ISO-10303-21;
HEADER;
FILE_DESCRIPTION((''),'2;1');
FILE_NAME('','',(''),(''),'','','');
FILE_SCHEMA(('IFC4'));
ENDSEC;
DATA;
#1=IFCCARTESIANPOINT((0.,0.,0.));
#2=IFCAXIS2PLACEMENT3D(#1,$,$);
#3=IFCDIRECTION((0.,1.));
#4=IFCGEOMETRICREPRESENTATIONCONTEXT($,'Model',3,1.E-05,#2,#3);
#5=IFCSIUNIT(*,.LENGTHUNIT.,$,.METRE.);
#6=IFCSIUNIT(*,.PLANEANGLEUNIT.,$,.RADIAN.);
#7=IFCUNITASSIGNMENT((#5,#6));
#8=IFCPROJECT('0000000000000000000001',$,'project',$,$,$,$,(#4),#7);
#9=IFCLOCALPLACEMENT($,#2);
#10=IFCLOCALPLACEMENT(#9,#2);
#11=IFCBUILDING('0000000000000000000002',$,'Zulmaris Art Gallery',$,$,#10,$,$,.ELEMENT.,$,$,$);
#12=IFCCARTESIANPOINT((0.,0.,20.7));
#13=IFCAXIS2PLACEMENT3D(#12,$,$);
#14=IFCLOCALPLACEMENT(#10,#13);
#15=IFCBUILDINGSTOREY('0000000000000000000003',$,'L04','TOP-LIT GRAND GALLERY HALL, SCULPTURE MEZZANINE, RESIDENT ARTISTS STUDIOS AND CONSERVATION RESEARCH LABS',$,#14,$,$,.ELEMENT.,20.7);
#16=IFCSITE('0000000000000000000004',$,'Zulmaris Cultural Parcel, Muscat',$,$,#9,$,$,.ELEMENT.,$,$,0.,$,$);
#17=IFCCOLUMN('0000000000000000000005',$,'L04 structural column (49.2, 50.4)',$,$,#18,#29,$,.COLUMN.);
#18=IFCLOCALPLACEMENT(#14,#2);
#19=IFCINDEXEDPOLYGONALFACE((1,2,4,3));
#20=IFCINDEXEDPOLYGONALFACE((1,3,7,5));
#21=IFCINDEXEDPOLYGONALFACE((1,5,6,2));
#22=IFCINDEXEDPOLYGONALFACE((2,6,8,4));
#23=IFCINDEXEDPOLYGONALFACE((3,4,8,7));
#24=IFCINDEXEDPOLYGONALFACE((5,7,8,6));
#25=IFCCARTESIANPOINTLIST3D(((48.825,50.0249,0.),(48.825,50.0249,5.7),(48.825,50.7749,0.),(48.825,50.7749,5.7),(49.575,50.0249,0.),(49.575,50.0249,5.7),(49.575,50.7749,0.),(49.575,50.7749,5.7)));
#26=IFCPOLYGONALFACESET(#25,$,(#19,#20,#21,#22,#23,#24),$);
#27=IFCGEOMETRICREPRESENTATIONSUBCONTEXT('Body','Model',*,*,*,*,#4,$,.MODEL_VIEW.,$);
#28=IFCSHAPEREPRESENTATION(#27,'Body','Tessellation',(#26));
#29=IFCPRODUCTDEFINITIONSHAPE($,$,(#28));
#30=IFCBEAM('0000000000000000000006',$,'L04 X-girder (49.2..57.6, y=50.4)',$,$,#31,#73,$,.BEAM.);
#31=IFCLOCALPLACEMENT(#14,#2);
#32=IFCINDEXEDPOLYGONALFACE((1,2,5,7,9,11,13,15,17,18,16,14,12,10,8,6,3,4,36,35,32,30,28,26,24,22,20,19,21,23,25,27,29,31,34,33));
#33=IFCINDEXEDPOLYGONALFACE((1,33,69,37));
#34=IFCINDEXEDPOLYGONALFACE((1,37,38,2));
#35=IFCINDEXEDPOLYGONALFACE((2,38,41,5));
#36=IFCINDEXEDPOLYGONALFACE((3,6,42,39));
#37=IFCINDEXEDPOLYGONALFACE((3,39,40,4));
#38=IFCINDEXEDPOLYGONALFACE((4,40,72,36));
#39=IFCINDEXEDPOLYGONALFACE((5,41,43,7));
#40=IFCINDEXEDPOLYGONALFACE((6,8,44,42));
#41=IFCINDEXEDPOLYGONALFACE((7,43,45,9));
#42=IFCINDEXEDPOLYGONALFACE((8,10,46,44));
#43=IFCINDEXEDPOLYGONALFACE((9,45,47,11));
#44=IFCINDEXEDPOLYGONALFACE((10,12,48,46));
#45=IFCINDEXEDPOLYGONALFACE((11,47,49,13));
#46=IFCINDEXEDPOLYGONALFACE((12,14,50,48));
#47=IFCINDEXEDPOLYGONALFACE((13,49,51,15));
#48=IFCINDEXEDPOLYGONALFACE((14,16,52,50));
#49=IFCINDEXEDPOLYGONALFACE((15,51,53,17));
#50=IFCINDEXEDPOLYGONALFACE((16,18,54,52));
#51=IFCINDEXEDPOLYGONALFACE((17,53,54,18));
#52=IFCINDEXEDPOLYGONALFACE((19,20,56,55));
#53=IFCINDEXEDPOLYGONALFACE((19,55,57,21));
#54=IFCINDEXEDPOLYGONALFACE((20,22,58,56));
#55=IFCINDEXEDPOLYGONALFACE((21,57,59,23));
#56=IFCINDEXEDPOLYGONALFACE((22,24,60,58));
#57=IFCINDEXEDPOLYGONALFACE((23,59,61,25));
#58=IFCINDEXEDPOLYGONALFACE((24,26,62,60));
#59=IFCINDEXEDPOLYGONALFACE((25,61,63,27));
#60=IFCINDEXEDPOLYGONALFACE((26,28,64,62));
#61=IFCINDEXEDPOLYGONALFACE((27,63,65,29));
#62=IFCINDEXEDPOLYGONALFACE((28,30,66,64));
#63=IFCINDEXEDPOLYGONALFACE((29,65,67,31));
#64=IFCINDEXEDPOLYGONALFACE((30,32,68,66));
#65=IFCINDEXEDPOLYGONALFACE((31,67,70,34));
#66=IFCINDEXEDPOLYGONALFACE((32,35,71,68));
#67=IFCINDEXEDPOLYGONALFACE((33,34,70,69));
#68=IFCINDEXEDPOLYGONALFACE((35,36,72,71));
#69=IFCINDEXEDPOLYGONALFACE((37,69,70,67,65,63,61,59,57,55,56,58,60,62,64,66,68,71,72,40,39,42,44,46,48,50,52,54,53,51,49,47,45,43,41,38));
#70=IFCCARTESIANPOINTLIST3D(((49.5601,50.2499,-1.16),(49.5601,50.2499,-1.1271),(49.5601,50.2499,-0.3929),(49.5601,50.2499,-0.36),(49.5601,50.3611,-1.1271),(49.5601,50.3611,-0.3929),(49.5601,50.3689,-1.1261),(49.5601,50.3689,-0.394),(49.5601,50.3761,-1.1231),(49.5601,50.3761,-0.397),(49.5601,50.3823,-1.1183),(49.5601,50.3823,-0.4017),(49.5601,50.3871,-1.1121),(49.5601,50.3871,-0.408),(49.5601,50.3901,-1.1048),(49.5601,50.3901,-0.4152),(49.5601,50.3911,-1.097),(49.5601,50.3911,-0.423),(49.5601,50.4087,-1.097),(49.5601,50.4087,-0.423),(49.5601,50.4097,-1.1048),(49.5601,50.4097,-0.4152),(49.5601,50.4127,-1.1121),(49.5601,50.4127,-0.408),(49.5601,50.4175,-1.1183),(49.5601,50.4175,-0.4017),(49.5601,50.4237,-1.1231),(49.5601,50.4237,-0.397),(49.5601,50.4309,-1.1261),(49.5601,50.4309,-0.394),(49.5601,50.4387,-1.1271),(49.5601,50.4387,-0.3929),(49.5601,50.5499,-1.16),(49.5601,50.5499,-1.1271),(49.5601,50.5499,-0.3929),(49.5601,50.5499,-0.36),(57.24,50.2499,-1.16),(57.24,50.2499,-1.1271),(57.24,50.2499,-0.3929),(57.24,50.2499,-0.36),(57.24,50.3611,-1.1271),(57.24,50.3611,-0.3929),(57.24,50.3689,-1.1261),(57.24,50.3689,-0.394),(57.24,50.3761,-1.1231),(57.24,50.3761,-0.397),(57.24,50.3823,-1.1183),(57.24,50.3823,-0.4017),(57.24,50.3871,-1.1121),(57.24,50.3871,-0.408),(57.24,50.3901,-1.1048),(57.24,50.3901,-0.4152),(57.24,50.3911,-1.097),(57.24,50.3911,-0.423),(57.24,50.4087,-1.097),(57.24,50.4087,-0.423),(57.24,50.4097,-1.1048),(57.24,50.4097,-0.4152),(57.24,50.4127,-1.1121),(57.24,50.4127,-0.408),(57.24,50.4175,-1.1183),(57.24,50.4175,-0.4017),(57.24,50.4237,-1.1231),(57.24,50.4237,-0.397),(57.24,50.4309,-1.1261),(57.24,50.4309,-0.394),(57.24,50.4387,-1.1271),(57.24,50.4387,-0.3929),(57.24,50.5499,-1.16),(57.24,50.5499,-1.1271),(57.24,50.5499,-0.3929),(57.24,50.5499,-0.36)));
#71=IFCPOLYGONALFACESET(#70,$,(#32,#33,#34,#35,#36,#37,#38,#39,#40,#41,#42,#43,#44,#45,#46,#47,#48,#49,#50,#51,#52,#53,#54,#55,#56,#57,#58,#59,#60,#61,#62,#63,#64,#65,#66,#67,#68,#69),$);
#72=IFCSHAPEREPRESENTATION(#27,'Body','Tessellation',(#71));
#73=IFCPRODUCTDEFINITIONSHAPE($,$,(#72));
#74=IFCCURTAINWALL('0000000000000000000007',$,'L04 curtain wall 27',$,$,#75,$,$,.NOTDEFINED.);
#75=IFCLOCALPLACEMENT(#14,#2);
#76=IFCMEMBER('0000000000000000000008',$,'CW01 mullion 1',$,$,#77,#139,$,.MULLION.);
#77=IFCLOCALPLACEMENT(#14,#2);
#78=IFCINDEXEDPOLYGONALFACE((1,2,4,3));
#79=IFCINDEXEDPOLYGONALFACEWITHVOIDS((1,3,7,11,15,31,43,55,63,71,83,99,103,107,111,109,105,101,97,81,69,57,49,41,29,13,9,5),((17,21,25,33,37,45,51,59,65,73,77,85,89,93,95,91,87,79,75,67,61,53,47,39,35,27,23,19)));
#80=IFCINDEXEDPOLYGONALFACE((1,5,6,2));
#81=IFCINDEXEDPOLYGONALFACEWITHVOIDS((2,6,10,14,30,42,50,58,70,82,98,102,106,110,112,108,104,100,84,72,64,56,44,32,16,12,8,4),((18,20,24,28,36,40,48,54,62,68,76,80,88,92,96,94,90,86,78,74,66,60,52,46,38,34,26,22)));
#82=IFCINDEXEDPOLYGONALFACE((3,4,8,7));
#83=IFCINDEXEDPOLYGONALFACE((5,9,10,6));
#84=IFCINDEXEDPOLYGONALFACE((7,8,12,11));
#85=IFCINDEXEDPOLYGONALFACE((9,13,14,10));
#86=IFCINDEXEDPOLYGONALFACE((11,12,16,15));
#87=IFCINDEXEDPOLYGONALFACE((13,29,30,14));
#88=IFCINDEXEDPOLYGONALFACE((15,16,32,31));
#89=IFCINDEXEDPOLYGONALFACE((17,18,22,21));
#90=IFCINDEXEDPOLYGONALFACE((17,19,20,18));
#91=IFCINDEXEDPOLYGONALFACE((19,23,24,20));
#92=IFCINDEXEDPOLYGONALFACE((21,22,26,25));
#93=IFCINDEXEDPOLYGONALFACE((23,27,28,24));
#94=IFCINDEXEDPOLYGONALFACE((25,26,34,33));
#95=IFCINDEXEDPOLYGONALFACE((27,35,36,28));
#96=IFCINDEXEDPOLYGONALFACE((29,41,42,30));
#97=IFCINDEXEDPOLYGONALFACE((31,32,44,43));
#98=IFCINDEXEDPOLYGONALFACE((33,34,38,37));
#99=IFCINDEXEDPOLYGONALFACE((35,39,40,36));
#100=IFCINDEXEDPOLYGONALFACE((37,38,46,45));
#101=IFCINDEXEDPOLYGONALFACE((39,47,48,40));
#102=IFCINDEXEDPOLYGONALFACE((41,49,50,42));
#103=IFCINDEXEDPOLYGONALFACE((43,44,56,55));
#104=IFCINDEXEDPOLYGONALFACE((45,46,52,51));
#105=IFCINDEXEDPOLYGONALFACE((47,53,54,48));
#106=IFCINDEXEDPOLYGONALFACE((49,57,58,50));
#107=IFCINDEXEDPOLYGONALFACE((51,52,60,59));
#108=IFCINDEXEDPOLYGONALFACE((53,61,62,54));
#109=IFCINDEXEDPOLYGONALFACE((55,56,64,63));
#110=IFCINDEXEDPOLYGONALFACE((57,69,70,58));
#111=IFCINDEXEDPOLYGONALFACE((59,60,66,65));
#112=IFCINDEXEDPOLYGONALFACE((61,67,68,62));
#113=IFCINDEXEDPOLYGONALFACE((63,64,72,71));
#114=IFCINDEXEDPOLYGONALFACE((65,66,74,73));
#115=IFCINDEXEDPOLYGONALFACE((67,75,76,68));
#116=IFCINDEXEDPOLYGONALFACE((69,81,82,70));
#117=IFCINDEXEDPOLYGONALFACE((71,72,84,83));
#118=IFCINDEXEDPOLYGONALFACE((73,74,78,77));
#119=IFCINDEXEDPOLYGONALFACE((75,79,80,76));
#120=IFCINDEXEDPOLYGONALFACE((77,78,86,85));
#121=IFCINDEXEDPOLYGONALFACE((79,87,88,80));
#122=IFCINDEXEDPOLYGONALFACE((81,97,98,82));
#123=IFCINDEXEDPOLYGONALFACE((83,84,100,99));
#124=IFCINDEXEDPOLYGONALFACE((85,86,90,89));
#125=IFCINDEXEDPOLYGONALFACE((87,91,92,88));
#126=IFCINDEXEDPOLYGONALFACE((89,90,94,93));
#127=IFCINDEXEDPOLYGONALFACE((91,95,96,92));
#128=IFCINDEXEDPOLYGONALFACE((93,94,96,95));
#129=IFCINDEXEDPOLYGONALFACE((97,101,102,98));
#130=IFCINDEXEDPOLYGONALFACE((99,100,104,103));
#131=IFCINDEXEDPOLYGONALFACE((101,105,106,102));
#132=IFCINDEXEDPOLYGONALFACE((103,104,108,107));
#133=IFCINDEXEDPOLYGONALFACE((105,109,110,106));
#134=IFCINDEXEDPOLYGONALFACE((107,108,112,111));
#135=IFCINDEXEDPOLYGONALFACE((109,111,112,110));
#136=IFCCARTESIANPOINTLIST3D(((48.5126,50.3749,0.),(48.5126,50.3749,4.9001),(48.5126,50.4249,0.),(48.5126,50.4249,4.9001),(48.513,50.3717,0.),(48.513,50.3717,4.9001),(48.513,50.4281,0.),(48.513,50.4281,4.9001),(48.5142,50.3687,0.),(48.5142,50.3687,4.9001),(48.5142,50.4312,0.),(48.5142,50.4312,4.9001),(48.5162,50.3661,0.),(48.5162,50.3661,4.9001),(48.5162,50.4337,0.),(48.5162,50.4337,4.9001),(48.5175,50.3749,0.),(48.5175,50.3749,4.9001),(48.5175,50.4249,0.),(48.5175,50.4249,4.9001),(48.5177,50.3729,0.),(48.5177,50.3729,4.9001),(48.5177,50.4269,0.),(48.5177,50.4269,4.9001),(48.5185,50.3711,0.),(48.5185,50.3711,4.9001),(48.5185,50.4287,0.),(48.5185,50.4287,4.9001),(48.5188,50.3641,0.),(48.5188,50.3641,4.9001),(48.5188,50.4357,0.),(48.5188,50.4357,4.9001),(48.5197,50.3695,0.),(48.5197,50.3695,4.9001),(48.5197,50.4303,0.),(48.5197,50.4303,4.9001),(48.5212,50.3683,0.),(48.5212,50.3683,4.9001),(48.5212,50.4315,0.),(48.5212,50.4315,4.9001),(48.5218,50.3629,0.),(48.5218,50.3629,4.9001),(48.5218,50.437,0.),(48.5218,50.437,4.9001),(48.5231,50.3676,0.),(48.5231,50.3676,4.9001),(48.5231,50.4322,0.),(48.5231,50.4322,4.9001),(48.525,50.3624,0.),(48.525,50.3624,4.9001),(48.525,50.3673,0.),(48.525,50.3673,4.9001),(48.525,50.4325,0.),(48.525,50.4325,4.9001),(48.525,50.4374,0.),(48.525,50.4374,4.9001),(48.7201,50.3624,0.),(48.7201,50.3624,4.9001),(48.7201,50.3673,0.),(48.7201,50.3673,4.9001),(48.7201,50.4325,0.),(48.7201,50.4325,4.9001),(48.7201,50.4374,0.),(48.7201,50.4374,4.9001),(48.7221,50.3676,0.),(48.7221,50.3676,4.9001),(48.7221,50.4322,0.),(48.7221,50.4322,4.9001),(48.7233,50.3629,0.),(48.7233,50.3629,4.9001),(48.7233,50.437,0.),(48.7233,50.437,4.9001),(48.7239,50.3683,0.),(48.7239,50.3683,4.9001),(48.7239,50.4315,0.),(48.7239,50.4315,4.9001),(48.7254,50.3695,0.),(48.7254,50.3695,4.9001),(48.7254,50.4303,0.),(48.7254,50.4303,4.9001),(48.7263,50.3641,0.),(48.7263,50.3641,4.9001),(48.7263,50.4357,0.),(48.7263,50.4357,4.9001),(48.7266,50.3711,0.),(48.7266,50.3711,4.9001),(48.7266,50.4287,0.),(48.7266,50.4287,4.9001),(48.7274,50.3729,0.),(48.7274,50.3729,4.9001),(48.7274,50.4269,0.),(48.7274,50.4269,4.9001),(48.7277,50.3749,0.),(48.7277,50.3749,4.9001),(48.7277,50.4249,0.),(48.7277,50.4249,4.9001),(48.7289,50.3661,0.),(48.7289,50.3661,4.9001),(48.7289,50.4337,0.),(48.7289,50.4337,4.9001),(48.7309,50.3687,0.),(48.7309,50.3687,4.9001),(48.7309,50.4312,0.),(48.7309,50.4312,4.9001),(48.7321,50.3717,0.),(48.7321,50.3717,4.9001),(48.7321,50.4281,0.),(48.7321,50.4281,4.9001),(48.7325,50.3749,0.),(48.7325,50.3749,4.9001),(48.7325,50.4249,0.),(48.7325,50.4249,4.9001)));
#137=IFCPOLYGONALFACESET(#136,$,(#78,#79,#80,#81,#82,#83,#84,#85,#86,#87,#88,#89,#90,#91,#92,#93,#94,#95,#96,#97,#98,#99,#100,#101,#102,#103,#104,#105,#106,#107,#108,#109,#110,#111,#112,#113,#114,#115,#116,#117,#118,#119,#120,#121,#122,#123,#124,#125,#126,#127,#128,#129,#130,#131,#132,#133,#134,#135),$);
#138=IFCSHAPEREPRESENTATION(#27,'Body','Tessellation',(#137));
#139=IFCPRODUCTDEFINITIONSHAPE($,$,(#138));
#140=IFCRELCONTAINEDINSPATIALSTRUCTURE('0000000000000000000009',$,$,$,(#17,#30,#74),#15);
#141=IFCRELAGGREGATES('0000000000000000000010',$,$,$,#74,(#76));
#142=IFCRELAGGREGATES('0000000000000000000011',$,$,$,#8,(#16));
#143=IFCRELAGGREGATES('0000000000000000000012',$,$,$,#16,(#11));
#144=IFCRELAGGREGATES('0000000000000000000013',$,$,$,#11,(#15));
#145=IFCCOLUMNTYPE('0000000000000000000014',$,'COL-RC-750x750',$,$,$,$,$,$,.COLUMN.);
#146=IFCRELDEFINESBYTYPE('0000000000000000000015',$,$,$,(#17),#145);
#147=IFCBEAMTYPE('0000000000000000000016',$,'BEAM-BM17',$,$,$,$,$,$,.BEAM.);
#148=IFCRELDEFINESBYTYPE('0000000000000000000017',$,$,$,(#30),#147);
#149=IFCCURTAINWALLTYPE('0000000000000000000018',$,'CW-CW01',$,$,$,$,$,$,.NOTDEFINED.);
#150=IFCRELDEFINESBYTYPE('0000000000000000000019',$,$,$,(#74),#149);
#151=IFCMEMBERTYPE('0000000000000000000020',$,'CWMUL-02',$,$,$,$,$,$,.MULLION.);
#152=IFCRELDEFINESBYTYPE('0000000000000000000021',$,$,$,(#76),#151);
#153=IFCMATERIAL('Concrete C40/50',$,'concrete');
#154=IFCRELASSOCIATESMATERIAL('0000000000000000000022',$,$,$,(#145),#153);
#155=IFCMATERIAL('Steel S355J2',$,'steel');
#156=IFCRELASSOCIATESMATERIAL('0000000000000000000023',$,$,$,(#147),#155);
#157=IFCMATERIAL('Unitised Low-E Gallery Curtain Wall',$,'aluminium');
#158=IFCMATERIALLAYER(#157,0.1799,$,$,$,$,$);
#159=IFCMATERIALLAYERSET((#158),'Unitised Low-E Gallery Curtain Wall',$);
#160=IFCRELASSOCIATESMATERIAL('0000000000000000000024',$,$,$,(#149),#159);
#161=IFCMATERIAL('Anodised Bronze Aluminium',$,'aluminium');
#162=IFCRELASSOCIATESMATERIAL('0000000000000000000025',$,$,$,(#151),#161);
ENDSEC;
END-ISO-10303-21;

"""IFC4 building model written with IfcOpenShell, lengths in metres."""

from ifc_helpers import new_model, si_unit, direction, frame, origin, origin_2d, place, context, subcontext, project, spatial, rectangle, hollow_rectangle, i_section, extrude, material, layer, layer_set, material_profile, profile_set, type_object, element, aggregate, save


model = new_model("IFC4")

# Units and contexts
model_context = context("Model", 3, precision=1e-05, world=origin(), true_north=direction((0.0, 1.0)))
body_context = subcontext(model_context, "Body", "Model", "MODEL_VIEW")
ifc_project = project(units=[si_unit("LENGTHUNIT", "METRE"), si_unit("PLANEANGLEUNIT", "RADIAN")], contexts=[model_context])

# Site, building, storey
site_placement = place(None, origin())
site = spatial("IfcSite", under=ifc_project, at=site_placement, Name="Zulmaris Cultural Parcel, Muscat", CompositionType="ELEMENT", RefElevation=0.0)
building_placement = place(site_placement, origin())
building = spatial("IfcBuilding", under=site, at=building_placement, Name="Zulmaris Art Gallery", CompositionType="ELEMENT")
storey_placement = place(building_placement, frame((0.0, 0.0, 20.7)))
storey = spatial("IfcBuildingStorey", under=building, at=storey_placement, Name="L04", Description="TOP-LIT GRAND GALLERY HALL, SCULPTURE MEZZANINE, RESIDENT ARTISTS STUDIOS AND CONSERVATION RESEARCH LABS", CompositionType="ELEMENT", Elevation=20.7)

# Column
ifc_material_1 = material(Name="Concrete C40/50", Category="concrete")
ifc_material_profile_1 = material_profile(ifc_material_1, rectangle(XDim=0.75, YDim=0.75, at=origin_2d()), Name="RC 750x750")
ifc_profile_set_1 = profile_set([ifc_material_profile_1], Name="Concrete C40/50")
column_type = type_object("IfcColumnType", Name="COL-RC-750x750", PredefinedType="COLUMN", material=ifc_profile_set_1)
column_placement = place(storey_placement, frame((49.2, 50.3999, 0.0), z_axis=(0.0, 0.0, 1.0), x_axis=(1.0, 0.0, 0.0)))
element("IfcColumn", 1, at=column_placement, inside=storey, type_object=column_type, Name="L04 structural column (49.2, 50.4)", PredefinedType="COLUMN", context=body_context, shape_type="SweptSolid", body=[
    extrude(rectangle(XDim=0.75, YDim=0.75, at=origin_2d()), origin(), (0.0, 0.0, 1.0), 5.7),
])

# Beam
ifc_material_2 = material(Name="Steel S355J2", Category="steel")
ifc_material_profile_2 = material_profile(ifc_material_2, i_section(OverallWidth=0.3, OverallDepth=0.8, WebThickness=0.0176, FlangeThickness=0.033, FilletRadius=0.03, at=origin_2d()), Name="HEB 800")
ifc_profile_set_2 = profile_set([ifc_material_profile_2], Name="Steel S355J2")
beam_type = type_object("IfcBeamType", Name="BEAM-BM17", PredefinedType="BEAM", material=ifc_profile_set_2)
beam_placement = place(storey_placement, frame((49.5601, 50.3999, -0.76), z_axis=(1.0, 0.0, 0.0), x_axis=(0.0, 1.0, 0.0)))
element("IfcBeam", 2, at=beam_placement, inside=storey, type_object=beam_type, Name="L04 X-girder (49.2..57.6, y=50.4)", PredefinedType="BEAM", context=body_context, shape_type="SweptSolid", body=[
    extrude(i_section(OverallWidth=0.3, OverallDepth=0.8, WebThickness=0.0176, FlangeThickness=0.033, FilletRadius=0.03, at=origin_2d()), origin(), (0.0, 0.0, 1.0), 7.6799),
])

# Curtain wall, member
ifc_material_3 = material(Name="Unitised Low-E Gallery Curtain Wall", Category="aluminium")
ifc_layer_1 = layer(ifc_material_3, 0.1799)
ifc_layer_set_1 = layer_set([ifc_layer_1], Name="Unitised Low-E Gallery Curtain Wall")
curtain_wall_type = type_object("IfcCurtainWallType", Name="CW-CW01", PredefinedType="NOTDEFINED", material=ifc_layer_set_1)
curtain_wall_1_placement = place(storey_placement, origin())
curtain_wall_1 = element("IfcCurtainWall", 3, at=curtain_wall_1_placement, inside=storey, type_object=curtain_wall_type, Name="L04 curtain wall 27", PredefinedType="NOTDEFINED")
ifc_material_4 = material(Name="Anodised Bronze Aluminium", Category="aluminium")
ifc_material_profile_3 = material_profile(ifc_material_4, hollow_rectangle(XDim=0.075, YDim=0.22, WallThickness=0.0049, InnerFilletRadius=0.0076, OuterFilletRadius=0.0125, at=origin_2d()), Name="ALU 75x220x5")
ifc_profile_set_3 = profile_set([ifc_material_profile_3], Name="Anodised Bronze Aluminium")
member_type_1 = type_object("IfcMemberType", Name="CWMUL-02", PredefinedType="MULLION", material=ifc_profile_set_3)
member_1_placement = place(storey_placement, frame((48.6226, 50.3999, 0.0), z_axis=(0.0, 0.0, 1.0), x_axis=(0.0, -1.0, 0.0)))
member_1 = element("IfcMember", 4, at=member_1_placement, type_object=member_type_1, Name="CW01 mullion 1", PredefinedType="MULLION", context=body_context, shape_type="SweptSolid", body=[
    extrude(hollow_rectangle(XDim=0.075, YDim=0.22, WallThickness=0.0049, InnerFilletRadius=0.0076, OuterFilletRadius=0.0125, at=origin_2d()), origin(), (0.0, 0.0, 1.0), 4.9001),
])

aggregate(curtain_wall_1, [member_1])

save(model, "model.ifc")
